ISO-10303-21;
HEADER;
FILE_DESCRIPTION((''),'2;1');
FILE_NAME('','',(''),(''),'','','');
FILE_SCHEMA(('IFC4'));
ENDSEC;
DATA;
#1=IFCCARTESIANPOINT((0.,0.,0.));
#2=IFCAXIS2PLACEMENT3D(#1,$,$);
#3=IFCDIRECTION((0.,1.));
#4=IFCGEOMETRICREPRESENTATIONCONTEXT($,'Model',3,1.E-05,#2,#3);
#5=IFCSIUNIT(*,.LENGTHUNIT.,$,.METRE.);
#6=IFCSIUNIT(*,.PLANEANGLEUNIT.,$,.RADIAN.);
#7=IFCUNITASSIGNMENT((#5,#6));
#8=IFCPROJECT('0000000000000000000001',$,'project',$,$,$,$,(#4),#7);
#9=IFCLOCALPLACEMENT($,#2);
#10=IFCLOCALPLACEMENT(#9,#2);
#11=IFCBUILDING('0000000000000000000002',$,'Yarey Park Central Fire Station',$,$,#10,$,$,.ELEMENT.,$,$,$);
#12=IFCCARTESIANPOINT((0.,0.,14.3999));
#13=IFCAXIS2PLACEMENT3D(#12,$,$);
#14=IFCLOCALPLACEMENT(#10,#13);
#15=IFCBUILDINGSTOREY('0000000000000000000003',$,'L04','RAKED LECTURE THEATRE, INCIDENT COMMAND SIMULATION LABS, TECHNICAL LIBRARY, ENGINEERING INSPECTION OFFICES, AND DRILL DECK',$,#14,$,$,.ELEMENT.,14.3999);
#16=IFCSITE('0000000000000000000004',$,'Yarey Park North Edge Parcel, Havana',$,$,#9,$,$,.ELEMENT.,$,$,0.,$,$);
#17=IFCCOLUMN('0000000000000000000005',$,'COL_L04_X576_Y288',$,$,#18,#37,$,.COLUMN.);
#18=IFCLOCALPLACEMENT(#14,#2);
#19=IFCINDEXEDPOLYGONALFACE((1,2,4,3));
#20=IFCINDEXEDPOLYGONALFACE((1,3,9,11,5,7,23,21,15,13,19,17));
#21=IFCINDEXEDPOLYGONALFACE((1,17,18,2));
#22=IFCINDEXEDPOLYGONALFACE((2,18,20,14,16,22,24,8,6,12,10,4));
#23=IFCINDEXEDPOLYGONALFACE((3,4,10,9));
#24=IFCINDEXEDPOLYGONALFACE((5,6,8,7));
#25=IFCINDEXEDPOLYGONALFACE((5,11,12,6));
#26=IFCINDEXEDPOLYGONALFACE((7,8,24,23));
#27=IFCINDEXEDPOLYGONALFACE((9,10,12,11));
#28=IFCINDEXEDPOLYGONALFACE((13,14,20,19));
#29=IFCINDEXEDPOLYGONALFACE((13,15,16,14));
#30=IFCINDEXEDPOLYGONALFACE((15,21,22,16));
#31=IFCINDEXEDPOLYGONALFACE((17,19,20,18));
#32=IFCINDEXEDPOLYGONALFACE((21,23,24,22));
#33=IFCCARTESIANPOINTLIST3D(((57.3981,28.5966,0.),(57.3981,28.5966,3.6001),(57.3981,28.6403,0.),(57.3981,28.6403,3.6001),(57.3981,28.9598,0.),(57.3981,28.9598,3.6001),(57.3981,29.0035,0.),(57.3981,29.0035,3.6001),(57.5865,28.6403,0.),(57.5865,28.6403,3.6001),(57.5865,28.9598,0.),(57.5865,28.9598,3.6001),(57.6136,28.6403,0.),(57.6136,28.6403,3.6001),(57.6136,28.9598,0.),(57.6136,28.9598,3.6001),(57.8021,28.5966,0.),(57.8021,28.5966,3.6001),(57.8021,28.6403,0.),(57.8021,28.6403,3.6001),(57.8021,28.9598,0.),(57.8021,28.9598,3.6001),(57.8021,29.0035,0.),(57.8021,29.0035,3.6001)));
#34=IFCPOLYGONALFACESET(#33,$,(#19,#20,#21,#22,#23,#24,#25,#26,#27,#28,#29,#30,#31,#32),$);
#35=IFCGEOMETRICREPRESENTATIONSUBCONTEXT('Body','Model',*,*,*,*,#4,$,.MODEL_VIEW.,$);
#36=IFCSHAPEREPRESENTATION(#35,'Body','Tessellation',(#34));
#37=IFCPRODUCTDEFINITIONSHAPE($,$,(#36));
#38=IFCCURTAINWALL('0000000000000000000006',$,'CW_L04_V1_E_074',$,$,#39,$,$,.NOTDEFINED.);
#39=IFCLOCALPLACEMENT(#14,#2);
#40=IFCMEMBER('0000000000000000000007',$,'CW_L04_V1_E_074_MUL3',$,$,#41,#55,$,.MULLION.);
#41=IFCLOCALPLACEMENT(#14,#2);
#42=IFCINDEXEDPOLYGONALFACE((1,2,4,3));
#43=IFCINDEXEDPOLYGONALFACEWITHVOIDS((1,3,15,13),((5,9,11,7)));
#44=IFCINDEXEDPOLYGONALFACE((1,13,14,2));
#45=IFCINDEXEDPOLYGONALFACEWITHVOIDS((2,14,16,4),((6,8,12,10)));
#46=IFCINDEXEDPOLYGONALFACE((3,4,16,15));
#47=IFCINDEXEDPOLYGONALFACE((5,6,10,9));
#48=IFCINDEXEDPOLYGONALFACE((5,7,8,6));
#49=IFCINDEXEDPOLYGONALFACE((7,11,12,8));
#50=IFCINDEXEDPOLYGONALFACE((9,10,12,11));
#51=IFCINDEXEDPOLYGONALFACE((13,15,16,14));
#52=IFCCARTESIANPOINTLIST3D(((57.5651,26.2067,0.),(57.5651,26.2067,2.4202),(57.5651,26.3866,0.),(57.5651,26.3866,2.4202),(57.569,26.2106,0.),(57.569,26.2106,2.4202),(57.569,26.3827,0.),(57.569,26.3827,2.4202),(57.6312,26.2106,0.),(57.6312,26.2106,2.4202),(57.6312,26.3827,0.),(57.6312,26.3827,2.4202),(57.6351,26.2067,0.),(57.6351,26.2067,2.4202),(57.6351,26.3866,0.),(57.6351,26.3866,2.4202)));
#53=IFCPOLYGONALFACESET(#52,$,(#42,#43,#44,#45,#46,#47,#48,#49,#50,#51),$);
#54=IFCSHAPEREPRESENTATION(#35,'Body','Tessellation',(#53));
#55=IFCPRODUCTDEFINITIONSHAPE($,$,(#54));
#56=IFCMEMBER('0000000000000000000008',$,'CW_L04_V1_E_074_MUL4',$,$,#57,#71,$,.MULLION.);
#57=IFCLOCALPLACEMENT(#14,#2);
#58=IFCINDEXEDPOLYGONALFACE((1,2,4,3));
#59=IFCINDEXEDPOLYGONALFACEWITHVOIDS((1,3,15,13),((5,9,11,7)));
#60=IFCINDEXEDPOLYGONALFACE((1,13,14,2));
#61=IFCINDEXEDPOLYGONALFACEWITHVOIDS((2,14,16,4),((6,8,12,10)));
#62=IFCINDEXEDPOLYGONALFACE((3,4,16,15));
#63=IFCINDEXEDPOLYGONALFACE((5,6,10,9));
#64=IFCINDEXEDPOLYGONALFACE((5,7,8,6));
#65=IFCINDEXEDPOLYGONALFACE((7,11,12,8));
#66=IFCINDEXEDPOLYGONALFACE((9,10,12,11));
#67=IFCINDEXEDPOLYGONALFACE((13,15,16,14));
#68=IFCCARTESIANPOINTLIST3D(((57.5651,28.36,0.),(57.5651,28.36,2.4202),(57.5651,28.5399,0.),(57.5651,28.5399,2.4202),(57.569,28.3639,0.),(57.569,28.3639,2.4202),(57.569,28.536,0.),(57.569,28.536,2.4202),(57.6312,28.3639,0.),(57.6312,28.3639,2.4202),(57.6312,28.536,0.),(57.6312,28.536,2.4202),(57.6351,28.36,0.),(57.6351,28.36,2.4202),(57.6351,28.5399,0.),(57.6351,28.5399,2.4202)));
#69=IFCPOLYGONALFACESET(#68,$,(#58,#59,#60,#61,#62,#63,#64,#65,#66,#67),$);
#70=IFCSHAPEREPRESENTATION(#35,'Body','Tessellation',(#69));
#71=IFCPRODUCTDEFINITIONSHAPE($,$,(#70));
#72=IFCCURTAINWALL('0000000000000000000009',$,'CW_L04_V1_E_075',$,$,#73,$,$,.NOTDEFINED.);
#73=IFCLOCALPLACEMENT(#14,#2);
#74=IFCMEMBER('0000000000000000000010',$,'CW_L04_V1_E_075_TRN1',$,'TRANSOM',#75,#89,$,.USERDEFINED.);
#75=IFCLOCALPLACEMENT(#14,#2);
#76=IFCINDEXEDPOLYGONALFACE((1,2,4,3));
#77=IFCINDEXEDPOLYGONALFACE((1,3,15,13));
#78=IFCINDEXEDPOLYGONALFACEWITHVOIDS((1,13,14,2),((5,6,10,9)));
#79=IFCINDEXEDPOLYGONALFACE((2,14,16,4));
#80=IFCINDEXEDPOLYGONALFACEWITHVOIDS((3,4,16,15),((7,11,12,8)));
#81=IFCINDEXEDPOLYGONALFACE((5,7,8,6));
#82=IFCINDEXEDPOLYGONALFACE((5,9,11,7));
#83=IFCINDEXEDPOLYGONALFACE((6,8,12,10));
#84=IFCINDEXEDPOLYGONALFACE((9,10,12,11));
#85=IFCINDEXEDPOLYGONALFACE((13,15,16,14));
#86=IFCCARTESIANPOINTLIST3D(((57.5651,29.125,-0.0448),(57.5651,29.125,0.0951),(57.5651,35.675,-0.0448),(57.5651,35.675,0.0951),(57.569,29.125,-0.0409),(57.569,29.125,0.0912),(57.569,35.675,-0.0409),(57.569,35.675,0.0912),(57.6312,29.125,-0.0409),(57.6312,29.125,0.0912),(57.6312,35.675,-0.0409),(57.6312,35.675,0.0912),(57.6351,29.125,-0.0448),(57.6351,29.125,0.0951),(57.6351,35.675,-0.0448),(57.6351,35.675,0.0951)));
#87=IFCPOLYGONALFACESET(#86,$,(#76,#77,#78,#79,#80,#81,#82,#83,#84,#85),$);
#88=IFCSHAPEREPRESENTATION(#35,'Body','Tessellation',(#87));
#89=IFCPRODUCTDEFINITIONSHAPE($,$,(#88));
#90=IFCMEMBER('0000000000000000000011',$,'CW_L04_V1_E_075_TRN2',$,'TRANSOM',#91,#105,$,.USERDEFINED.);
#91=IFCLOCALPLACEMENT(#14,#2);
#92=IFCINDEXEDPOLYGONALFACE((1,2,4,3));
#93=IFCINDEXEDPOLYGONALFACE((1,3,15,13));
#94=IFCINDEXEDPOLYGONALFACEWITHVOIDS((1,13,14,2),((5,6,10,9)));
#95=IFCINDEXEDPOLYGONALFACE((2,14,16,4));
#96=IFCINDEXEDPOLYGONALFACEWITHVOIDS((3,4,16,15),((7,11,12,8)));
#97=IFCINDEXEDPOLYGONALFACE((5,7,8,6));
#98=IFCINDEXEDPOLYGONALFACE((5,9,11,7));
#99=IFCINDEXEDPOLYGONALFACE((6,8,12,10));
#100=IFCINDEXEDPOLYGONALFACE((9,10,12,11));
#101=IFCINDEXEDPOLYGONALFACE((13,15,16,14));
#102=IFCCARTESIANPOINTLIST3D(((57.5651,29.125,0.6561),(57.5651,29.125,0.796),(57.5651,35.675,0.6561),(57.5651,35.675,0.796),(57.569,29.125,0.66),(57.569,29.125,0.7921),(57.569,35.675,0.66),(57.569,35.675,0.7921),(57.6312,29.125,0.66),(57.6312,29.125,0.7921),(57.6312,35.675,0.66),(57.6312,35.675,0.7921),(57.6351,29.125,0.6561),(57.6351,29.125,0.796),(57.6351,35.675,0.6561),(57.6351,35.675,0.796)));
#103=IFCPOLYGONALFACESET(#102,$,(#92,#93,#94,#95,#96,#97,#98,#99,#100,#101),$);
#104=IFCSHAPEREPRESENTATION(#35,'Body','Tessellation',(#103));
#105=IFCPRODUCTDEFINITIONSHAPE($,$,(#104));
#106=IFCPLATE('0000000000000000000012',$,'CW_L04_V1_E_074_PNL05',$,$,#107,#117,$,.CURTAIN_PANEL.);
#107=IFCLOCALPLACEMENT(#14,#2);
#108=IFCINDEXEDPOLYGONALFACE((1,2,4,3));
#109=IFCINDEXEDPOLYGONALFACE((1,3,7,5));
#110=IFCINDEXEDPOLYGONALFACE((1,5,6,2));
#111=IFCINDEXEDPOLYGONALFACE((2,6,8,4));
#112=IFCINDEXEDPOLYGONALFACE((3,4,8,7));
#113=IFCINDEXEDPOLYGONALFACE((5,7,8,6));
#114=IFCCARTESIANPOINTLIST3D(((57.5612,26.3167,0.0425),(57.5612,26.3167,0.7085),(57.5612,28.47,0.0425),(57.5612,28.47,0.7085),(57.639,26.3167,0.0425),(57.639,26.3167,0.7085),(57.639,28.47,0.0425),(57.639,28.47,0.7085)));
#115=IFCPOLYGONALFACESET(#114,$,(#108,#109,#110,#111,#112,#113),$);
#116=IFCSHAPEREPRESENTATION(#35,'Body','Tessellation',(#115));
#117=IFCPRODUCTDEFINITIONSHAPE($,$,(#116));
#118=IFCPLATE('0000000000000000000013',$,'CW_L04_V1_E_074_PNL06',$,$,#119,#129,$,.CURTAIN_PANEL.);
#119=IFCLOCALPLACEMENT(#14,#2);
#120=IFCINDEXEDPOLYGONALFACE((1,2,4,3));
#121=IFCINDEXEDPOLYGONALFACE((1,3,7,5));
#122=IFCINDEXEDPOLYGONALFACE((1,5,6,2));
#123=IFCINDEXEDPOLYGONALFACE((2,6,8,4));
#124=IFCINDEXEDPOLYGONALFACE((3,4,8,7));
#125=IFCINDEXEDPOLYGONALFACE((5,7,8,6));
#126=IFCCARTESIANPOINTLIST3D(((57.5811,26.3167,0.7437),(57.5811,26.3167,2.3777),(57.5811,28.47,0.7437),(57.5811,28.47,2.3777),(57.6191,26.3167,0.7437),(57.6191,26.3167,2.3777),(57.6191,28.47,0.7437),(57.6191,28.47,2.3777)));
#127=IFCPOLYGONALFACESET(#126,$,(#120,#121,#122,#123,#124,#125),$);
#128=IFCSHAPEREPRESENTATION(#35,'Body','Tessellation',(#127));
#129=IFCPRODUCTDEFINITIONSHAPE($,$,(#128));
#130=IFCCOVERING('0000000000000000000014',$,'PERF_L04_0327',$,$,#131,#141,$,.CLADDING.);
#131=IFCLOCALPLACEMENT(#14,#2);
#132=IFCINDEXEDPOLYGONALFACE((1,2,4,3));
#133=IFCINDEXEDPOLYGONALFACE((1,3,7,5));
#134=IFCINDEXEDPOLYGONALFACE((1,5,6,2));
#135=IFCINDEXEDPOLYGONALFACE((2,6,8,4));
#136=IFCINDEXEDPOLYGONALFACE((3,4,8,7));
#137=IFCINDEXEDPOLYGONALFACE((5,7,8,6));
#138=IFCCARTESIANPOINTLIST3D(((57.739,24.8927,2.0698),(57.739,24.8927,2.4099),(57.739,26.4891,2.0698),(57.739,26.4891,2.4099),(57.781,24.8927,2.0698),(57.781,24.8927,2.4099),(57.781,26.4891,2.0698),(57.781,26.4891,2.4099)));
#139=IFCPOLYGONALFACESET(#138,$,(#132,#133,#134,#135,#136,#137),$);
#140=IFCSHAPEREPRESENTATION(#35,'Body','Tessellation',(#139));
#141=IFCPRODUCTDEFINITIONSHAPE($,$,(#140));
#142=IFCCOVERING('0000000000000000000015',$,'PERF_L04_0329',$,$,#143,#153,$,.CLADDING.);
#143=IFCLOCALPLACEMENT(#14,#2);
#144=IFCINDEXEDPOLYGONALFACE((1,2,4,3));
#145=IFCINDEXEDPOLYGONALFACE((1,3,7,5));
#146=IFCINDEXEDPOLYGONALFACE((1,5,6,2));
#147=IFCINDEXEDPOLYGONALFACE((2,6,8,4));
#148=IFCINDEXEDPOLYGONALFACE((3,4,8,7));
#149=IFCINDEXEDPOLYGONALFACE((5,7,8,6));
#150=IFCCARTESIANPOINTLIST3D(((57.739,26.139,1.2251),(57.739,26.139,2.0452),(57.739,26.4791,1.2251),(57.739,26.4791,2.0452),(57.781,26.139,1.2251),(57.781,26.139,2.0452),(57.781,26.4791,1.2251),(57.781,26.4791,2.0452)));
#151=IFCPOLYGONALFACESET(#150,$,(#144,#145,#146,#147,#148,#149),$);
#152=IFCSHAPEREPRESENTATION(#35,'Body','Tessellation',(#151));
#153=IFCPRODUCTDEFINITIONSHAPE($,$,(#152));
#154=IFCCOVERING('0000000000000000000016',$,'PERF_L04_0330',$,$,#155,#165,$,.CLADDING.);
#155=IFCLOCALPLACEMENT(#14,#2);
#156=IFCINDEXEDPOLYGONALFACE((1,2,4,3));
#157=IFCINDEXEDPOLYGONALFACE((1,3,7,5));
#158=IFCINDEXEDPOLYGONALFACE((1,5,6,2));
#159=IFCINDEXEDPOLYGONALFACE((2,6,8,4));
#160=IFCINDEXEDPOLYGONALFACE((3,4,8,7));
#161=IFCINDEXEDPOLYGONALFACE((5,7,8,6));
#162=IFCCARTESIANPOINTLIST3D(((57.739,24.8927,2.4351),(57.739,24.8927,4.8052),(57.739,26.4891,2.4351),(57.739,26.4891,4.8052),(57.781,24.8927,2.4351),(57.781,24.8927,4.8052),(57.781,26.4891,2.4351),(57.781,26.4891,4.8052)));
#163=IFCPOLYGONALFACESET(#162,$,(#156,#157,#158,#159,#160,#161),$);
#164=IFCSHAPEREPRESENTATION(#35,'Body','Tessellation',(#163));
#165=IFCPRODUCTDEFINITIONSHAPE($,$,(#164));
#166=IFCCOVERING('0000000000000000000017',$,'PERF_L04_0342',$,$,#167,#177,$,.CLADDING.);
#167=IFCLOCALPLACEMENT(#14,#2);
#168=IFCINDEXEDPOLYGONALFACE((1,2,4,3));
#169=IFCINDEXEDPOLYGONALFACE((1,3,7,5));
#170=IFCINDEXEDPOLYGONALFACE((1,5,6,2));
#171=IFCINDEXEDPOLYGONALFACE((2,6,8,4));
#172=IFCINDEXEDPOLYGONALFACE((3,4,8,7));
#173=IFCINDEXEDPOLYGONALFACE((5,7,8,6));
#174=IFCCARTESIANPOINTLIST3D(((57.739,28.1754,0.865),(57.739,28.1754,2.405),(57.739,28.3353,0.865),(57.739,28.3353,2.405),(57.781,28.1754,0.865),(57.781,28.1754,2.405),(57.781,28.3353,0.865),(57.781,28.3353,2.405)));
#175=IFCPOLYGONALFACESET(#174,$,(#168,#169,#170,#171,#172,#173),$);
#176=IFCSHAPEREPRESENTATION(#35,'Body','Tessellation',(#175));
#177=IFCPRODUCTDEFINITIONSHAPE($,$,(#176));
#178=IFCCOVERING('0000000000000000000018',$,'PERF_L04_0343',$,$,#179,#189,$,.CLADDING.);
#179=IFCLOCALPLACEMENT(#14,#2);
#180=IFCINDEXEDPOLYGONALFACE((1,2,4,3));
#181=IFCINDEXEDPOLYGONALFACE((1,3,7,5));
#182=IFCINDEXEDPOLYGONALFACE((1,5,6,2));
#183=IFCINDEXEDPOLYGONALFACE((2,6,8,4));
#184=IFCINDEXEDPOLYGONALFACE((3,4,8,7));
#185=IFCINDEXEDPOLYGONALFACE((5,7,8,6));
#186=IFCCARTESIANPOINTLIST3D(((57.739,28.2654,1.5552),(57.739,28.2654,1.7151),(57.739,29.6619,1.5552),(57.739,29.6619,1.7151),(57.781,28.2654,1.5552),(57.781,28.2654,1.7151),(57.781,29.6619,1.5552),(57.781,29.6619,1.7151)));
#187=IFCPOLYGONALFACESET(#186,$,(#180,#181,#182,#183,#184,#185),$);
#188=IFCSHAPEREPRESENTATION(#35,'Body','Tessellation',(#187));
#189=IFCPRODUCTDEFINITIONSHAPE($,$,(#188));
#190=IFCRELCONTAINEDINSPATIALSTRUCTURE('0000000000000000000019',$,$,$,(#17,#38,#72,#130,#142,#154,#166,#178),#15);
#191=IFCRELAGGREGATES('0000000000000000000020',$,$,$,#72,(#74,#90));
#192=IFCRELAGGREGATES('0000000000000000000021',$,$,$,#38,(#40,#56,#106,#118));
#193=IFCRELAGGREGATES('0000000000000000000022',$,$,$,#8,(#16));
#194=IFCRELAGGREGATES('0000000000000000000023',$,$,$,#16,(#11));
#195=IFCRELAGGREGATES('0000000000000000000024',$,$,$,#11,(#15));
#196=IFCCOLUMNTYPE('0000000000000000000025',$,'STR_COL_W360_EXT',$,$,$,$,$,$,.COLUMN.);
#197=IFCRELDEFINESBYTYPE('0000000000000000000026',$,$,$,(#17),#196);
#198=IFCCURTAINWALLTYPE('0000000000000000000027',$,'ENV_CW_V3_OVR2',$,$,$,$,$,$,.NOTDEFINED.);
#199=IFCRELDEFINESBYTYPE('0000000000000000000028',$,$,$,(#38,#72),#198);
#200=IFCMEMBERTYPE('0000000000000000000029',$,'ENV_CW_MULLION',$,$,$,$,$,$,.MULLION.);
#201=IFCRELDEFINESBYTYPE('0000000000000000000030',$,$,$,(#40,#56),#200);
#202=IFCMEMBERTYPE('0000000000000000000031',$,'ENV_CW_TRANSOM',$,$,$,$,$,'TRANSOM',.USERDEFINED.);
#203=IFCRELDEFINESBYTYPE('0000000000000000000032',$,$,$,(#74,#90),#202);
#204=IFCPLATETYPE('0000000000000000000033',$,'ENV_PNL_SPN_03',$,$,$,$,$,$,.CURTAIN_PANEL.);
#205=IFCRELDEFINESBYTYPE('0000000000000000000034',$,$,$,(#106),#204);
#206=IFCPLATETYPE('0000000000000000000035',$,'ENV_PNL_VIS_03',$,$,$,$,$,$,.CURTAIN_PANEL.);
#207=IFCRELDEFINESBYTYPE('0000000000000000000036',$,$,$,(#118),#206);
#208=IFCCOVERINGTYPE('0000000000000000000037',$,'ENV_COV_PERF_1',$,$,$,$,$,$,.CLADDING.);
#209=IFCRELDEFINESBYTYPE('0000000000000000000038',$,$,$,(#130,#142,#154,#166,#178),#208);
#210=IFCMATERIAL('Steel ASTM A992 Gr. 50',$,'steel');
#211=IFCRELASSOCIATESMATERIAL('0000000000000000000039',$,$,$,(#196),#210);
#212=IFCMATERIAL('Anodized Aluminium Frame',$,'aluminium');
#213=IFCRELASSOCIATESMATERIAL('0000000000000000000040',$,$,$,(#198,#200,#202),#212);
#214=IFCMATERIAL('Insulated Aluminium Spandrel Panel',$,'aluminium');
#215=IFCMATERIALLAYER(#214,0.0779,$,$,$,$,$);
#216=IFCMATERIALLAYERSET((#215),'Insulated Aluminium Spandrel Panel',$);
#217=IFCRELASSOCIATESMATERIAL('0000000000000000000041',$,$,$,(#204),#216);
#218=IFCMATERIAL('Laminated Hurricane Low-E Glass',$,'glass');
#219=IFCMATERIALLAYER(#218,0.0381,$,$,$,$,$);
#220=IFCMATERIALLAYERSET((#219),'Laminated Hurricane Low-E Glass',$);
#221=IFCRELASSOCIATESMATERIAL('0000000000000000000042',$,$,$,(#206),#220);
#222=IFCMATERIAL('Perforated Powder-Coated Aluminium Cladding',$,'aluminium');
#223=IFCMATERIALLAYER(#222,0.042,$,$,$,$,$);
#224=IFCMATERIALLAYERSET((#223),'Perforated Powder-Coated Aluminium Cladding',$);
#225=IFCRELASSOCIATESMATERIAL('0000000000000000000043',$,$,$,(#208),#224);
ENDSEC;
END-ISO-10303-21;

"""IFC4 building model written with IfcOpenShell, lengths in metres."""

from ifc_helpers import new_model, si_unit, direction, frame, origin, origin_2d, place, context, subcontext, project, spatial, rectangle, hollow_rectangle, i_section, extrude, material, layer, layer_set, material_profile, profile_set, type_object, element, aggregate, save


model = new_model("IFC4")

# Units and contexts
model_context = context("Model", 3, precision=1e-05, world=origin(), true_north=direction((0.0, 1.0)))
body_context = subcontext(model_context, "Body", "Model", "MODEL_VIEW")
ifc_project = project(units=[si_unit("LENGTHUNIT", "METRE"), si_unit("PLANEANGLEUNIT", "RADIAN")], contexts=[model_context])

# Site, building, storey
site_placement = place(None, origin())
site = spatial("IfcSite", under=ifc_project, at=site_placement, Name="Yarey Park North Edge Parcel, Havana", CompositionType="ELEMENT", RefElevation=0.0)
building_placement = place(site_placement, origin())
building = spatial("IfcBuilding", under=site, at=building_placement, Name="Yarey Park Central Fire Station", CompositionType="ELEMENT")
storey_placement = place(building_placement, frame((0.0, 0.0, 14.3999)))
storey = spatial("IfcBuildingStorey", under=building, at=storey_placement, Name="L04", Description="RAKED LECTURE THEATRE, INCIDENT COMMAND SIMULATION LABS, TECHNICAL LIBRARY, ENGINEERING INSPECTION OFFICES, AND DRILL DECK", CompositionType="ELEMENT", Elevation=14.3999)

# Column
ifc_material_1 = material(Name="Steel ASTM A992 Gr. 50", Category="steel")
ifc_material_profile_1 = material_profile(ifc_material_1, i_section(OverallWidth=0.4041, OverallDepth=0.407, WebThickness=0.0271, FlangeThickness=0.0437, at=origin_2d()), Name="W360x347")
ifc_profile_set_1 = profile_set([ifc_material_profile_1], Name="Steel ASTM A992 Gr. 50")
column_type = type_object("IfcColumnType", Name="STR_COL_W360_EXT", PredefinedType="COLUMN", material=ifc_profile_set_1)
column_placement = place(storey_placement, frame((57.6001, 28.8, 0.0), z_axis=(0.0, 0.0, 1.0), x_axis=(1.0, 0.0, 0.0)))
element("IfcColumn", 1, at=column_placement, inside=storey, type_object=column_type, Name="COL_L04_X576_Y288", PredefinedType="COLUMN", context=body_context, shape_type="SweptSolid", body=[
    extrude(i_section(OverallWidth=0.4041, OverallDepth=0.407, WebThickness=0.0271, FlangeThickness=0.0437, at=origin_2d()), origin(), (0.0, 0.0, 1.0), 3.6001),
])

# Curtain walls, members
ifc_material_2 = material(Name="Anodized Aluminium Frame", Category="aluminium")
curtain_wall_type = type_object("IfcCurtainWallType", Name="ENV_CW_V3_OVR2", PredefinedType="NOTDEFINED", material=ifc_material_2)
curtain_wall_1_placement = place(storey_placement, origin())
curtain_wall_1 = element("IfcCurtainWall", 2, at=curtain_wall_1_placement, inside=storey, type_object=curtain_wall_type, Name="CW_L04_V1_E_074", PredefinedType="NOTDEFINED")
ifc_material_profile_2 = material_profile(ifc_material_2, hollow_rectangle(XDim=0.0701, YDim=0.1799, WallThickness=0.0039, at=origin_2d()), Name="ALU 180x70x4")
ifc_profile_set_2 = profile_set([ifc_material_profile_2], Name="Anodized Aluminium Frame")
member_type_1 = type_object("IfcMemberType", Name="ENV_CW_MULLION", PredefinedType="MULLION", material=ifc_profile_set_2)
member_1_placement = place(storey_placement, frame((57.6001, 26.2966, 0.0), z_axis=(0.0, 0.0, 1.0), x_axis=(1.0, 0.0, 0.0)))
member_1 = element("IfcMember", 3, at=member_1_placement, type_object=member_type_1, Name="CW_L04_V1_E_074_MUL3", PredefinedType="MULLION", context=body_context, shape_type="SweptSolid", body=[
    extrude(hollow_rectangle(XDim=0.0701, YDim=0.1799, WallThickness=0.0039, at=origin_2d()), origin(), (0.0, 0.0, 1.0), 2.4202),
])
member_2_placement = place(storey_placement, frame((57.6001, 28.45, 0.0), z_axis=(0.0, 0.0, 1.0), x_axis=(1.0, 0.0, 0.0)))
member_2 = element("IfcMember", 4, at=member_2_placement, type_object=member_type_1, Name="CW_L04_V1_E_074_MUL4", PredefinedType="MULLION", context=body_context, shape_type="SweptSolid", body=[
    extrude(hollow_rectangle(XDim=0.0701, YDim=0.1799, WallThickness=0.0039, at=origin_2d()), origin(), (0.0, 0.0, 1.0), 2.4202),
])
curtain_wall_2_placement = place(storey_placement, origin())
curtain_wall_2 = element("IfcCurtainWall", 5, at=curtain_wall_2_placement, inside=storey, type_object=curtain_wall_type, Name="CW_L04_V1_E_075", PredefinedType="NOTDEFINED")
ifc_material_profile_3 = material_profile(ifc_material_2, hollow_rectangle(XDim=0.0701, YDim=0.1399, WallThickness=0.0039, at=origin_2d()), Name="ALU 140x70x4")
ifc_profile_set_3 = profile_set([ifc_material_profile_3], Name="Anodized Aluminium Frame")
member_type_2 = type_object("IfcMemberType", Name="ENV_CW_TRANSOM", ElementType="TRANSOM", PredefinedType="USERDEFINED", material=ifc_profile_set_3)
member_3_placement = place(storey_placement, frame((57.6001, 29.125, 0.0251), z_axis=(0.0, 1.0, 0.0), x_axis=(-1.0, 0.0, 0.0)))
member_3 = element("IfcMember", 6, at=member_3_placement, type_object=member_type_2, Name="CW_L04_V1_E_075_TRN1", ObjectType="TRANSOM", PredefinedType="USERDEFINED", context=body_context, shape_type="SweptSolid", body=[
    extrude(hollow_rectangle(XDim=0.0701, YDim=0.1399, WallThickness=0.0039, at=origin_2d()), origin(), (0.0, 0.0, 1.0), 6.55),
])
member_4_placement = place(storey_placement, frame((57.6001, 29.125, 0.7261), z_axis=(0.0, 1.0, 0.0), x_axis=(-1.0, 0.0, 0.0)))
member_4 = element("IfcMember", 7, at=member_4_placement, type_object=member_type_2, Name="CW_L04_V1_E_075_TRN2", ObjectType="TRANSOM", PredefinedType="USERDEFINED", context=body_context, shape_type="SweptSolid", body=[
    extrude(hollow_rectangle(XDim=0.0701, YDim=0.1399, WallThickness=0.0039, at=origin_2d()), origin(), (0.0, 0.0, 1.0), 6.55),
])
aggregate(curtain_wall_2, [member_3, member_4])

# Plates
ifc_material_3 = material(Name="Insulated Aluminium Spandrel Panel", Category="aluminium")
ifc_layer_1 = layer(ifc_material_3, 0.0779)
ifc_layer_set_1 = layer_set([ifc_layer_1], Name="Insulated Aluminium Spandrel Panel")
plate_type_1 = type_object("IfcPlateType", Name="ENV_PNL_SPN_03", PredefinedType="CURTAIN_PANEL", material=ifc_layer_set_1)
plate_1_placement = place(storey_placement, frame((57.6001, 27.3933, 0.0425), z_axis=(0.0, 0.0, 1.0), x_axis=(0.0, 1.0, 0.0)))
plate_1 = element("IfcPlate", 8, at=plate_1_placement, type_object=plate_type_1, Name="CW_L04_V1_E_074_PNL05", PredefinedType="CURTAIN_PANEL", context=body_context, shape_type="SweptSolid", body=[
    extrude(rectangle(XDim=2.1533, YDim=0.0779, at=origin_2d()), origin(), (0.0, 0.0, 1.0), 0.666),
])
ifc_material_4 = material(Name="Laminated Hurricane Low-E Glass", Category="glass")
ifc_layer_2 = layer(ifc_material_4, 0.0381)
ifc_layer_set_2 = layer_set([ifc_layer_2], Name="Laminated Hurricane Low-E Glass")
plate_type_2 = type_object("IfcPlateType", Name="ENV_PNL_VIS_03", PredefinedType="CURTAIN_PANEL", material=ifc_layer_set_2)
plate_2_placement = place(storey_placement, frame((57.6001, 27.3933, 0.7437), z_axis=(0.0, 0.0, 1.0), x_axis=(0.0, 1.0, 0.0)))
plate_2 = element("IfcPlate", 9, at=plate_2_placement, type_object=plate_type_2, Name="CW_L04_V1_E_074_PNL06", PredefinedType="CURTAIN_PANEL", context=body_context, shape_type="SweptSolid", body=[
    extrude(rectangle(XDim=2.1533, YDim=0.0381, at=origin_2d()), origin(), (0.0, 0.0, 1.0), 1.634),
])
aggregate(curtain_wall_1, [member_1, member_2, plate_1, plate_2])

# Coverings
ifc_material_5 = material(Name="Perforated Powder-Coated Aluminium Cladding", Category="aluminium")
ifc_layer_3 = layer(ifc_material_5, 0.042)
ifc_layer_set_3 = layer_set([ifc_layer_3], Name="Perforated Powder-Coated Aluminium Cladding")
covering_type_1 = type_object("IfcCoveringType", Name="ENV_COV_PERF_1", PredefinedType="CLADDING", material=ifc_layer_set_3)
covering_1_placement = place(storey_placement, frame((57.76, 25.6909, 2.0698), z_axis=(0.0, 0.0, 1.0), x_axis=(0.0, 1.0, 0.0)))
element("IfcCovering", 10, at=covering_1_placement, inside=storey, type_object=covering_type_1, Name="PERF_L04_0327", PredefinedType="CLADDING", context=body_context, shape_type="SweptSolid", body=[
    extrude(rectangle(XDim=1.5964, YDim=0.042, at=origin_2d()), origin(), (0.0, 0.0, 1.0), 0.3401),
])
covering_2_placement = place(storey_placement, frame((57.76, 26.3091, 1.2251), z_axis=(0.0, 0.0, 1.0), x_axis=(0.0, 1.0, 0.0)))
element("IfcCovering", 11, at=covering_2_placement, inside=storey, type_object=covering_type_1, Name="PERF_L04_0329", PredefinedType="CLADDING", context=body_context, shape_type="SweptSolid", body=[
    extrude(rectangle(XDim=0.3401, YDim=0.042, at=origin_2d()), origin(), (0.0, 0.0, 1.0), 0.8201),
])
covering_3_placement = place(storey_placement, frame((57.76, 25.6909, 2.4351), z_axis=(0.0, 0.0, 1.0), x_axis=(0.0, 1.0, 0.0)))
element("IfcCovering", 12, at=covering_3_placement, inside=storey, type_object=covering_type_1, Name="PERF_L04_0330", PredefinedType="CLADDING", context=body_context, shape_type="SweptSolid", body=[
    extrude(rectangle(XDim=1.5964, YDim=0.042, at=origin_2d()), origin(), (0.0, 0.0, 1.0), 2.3701),
])
covering_4_placement = place(storey_placement, frame((57.76, 28.2554, 0.865), z_axis=(0.0, 0.0, 1.0), x_axis=(0.0, 1.0, 0.0)))
element("IfcCovering", 13, at=covering_4_placement, inside=storey, type_object=covering_type_1, Name="PERF_L04_0342", PredefinedType="CLADDING", context=body_context, shape_type="SweptSolid", body=[
    extrude(rectangle(XDim=0.1599, YDim=0.042, at=origin_2d()), origin(), (0.0, 0.0, 1.0), 1.54),
])
covering_5_placement = place(storey_placement, frame((57.76, 28.9636, 1.5552), z_axis=(0.0, 0.0, 1.0), x_axis=(0.0, 1.0, 0.0)))
element("IfcCovering", 14, at=covering_5_placement, inside=storey, type_object=covering_type_1, Name="PERF_L04_0343", PredefinedType="CLADDING", context=body_context, shape_type="SweptSolid", body=[
    extrude(rectangle(XDim=1.3965, YDim=0.042, at=origin_2d()), origin(), (0.0, 0.0, 1.0), 0.1599),
])

save(model, "model.ifc")
